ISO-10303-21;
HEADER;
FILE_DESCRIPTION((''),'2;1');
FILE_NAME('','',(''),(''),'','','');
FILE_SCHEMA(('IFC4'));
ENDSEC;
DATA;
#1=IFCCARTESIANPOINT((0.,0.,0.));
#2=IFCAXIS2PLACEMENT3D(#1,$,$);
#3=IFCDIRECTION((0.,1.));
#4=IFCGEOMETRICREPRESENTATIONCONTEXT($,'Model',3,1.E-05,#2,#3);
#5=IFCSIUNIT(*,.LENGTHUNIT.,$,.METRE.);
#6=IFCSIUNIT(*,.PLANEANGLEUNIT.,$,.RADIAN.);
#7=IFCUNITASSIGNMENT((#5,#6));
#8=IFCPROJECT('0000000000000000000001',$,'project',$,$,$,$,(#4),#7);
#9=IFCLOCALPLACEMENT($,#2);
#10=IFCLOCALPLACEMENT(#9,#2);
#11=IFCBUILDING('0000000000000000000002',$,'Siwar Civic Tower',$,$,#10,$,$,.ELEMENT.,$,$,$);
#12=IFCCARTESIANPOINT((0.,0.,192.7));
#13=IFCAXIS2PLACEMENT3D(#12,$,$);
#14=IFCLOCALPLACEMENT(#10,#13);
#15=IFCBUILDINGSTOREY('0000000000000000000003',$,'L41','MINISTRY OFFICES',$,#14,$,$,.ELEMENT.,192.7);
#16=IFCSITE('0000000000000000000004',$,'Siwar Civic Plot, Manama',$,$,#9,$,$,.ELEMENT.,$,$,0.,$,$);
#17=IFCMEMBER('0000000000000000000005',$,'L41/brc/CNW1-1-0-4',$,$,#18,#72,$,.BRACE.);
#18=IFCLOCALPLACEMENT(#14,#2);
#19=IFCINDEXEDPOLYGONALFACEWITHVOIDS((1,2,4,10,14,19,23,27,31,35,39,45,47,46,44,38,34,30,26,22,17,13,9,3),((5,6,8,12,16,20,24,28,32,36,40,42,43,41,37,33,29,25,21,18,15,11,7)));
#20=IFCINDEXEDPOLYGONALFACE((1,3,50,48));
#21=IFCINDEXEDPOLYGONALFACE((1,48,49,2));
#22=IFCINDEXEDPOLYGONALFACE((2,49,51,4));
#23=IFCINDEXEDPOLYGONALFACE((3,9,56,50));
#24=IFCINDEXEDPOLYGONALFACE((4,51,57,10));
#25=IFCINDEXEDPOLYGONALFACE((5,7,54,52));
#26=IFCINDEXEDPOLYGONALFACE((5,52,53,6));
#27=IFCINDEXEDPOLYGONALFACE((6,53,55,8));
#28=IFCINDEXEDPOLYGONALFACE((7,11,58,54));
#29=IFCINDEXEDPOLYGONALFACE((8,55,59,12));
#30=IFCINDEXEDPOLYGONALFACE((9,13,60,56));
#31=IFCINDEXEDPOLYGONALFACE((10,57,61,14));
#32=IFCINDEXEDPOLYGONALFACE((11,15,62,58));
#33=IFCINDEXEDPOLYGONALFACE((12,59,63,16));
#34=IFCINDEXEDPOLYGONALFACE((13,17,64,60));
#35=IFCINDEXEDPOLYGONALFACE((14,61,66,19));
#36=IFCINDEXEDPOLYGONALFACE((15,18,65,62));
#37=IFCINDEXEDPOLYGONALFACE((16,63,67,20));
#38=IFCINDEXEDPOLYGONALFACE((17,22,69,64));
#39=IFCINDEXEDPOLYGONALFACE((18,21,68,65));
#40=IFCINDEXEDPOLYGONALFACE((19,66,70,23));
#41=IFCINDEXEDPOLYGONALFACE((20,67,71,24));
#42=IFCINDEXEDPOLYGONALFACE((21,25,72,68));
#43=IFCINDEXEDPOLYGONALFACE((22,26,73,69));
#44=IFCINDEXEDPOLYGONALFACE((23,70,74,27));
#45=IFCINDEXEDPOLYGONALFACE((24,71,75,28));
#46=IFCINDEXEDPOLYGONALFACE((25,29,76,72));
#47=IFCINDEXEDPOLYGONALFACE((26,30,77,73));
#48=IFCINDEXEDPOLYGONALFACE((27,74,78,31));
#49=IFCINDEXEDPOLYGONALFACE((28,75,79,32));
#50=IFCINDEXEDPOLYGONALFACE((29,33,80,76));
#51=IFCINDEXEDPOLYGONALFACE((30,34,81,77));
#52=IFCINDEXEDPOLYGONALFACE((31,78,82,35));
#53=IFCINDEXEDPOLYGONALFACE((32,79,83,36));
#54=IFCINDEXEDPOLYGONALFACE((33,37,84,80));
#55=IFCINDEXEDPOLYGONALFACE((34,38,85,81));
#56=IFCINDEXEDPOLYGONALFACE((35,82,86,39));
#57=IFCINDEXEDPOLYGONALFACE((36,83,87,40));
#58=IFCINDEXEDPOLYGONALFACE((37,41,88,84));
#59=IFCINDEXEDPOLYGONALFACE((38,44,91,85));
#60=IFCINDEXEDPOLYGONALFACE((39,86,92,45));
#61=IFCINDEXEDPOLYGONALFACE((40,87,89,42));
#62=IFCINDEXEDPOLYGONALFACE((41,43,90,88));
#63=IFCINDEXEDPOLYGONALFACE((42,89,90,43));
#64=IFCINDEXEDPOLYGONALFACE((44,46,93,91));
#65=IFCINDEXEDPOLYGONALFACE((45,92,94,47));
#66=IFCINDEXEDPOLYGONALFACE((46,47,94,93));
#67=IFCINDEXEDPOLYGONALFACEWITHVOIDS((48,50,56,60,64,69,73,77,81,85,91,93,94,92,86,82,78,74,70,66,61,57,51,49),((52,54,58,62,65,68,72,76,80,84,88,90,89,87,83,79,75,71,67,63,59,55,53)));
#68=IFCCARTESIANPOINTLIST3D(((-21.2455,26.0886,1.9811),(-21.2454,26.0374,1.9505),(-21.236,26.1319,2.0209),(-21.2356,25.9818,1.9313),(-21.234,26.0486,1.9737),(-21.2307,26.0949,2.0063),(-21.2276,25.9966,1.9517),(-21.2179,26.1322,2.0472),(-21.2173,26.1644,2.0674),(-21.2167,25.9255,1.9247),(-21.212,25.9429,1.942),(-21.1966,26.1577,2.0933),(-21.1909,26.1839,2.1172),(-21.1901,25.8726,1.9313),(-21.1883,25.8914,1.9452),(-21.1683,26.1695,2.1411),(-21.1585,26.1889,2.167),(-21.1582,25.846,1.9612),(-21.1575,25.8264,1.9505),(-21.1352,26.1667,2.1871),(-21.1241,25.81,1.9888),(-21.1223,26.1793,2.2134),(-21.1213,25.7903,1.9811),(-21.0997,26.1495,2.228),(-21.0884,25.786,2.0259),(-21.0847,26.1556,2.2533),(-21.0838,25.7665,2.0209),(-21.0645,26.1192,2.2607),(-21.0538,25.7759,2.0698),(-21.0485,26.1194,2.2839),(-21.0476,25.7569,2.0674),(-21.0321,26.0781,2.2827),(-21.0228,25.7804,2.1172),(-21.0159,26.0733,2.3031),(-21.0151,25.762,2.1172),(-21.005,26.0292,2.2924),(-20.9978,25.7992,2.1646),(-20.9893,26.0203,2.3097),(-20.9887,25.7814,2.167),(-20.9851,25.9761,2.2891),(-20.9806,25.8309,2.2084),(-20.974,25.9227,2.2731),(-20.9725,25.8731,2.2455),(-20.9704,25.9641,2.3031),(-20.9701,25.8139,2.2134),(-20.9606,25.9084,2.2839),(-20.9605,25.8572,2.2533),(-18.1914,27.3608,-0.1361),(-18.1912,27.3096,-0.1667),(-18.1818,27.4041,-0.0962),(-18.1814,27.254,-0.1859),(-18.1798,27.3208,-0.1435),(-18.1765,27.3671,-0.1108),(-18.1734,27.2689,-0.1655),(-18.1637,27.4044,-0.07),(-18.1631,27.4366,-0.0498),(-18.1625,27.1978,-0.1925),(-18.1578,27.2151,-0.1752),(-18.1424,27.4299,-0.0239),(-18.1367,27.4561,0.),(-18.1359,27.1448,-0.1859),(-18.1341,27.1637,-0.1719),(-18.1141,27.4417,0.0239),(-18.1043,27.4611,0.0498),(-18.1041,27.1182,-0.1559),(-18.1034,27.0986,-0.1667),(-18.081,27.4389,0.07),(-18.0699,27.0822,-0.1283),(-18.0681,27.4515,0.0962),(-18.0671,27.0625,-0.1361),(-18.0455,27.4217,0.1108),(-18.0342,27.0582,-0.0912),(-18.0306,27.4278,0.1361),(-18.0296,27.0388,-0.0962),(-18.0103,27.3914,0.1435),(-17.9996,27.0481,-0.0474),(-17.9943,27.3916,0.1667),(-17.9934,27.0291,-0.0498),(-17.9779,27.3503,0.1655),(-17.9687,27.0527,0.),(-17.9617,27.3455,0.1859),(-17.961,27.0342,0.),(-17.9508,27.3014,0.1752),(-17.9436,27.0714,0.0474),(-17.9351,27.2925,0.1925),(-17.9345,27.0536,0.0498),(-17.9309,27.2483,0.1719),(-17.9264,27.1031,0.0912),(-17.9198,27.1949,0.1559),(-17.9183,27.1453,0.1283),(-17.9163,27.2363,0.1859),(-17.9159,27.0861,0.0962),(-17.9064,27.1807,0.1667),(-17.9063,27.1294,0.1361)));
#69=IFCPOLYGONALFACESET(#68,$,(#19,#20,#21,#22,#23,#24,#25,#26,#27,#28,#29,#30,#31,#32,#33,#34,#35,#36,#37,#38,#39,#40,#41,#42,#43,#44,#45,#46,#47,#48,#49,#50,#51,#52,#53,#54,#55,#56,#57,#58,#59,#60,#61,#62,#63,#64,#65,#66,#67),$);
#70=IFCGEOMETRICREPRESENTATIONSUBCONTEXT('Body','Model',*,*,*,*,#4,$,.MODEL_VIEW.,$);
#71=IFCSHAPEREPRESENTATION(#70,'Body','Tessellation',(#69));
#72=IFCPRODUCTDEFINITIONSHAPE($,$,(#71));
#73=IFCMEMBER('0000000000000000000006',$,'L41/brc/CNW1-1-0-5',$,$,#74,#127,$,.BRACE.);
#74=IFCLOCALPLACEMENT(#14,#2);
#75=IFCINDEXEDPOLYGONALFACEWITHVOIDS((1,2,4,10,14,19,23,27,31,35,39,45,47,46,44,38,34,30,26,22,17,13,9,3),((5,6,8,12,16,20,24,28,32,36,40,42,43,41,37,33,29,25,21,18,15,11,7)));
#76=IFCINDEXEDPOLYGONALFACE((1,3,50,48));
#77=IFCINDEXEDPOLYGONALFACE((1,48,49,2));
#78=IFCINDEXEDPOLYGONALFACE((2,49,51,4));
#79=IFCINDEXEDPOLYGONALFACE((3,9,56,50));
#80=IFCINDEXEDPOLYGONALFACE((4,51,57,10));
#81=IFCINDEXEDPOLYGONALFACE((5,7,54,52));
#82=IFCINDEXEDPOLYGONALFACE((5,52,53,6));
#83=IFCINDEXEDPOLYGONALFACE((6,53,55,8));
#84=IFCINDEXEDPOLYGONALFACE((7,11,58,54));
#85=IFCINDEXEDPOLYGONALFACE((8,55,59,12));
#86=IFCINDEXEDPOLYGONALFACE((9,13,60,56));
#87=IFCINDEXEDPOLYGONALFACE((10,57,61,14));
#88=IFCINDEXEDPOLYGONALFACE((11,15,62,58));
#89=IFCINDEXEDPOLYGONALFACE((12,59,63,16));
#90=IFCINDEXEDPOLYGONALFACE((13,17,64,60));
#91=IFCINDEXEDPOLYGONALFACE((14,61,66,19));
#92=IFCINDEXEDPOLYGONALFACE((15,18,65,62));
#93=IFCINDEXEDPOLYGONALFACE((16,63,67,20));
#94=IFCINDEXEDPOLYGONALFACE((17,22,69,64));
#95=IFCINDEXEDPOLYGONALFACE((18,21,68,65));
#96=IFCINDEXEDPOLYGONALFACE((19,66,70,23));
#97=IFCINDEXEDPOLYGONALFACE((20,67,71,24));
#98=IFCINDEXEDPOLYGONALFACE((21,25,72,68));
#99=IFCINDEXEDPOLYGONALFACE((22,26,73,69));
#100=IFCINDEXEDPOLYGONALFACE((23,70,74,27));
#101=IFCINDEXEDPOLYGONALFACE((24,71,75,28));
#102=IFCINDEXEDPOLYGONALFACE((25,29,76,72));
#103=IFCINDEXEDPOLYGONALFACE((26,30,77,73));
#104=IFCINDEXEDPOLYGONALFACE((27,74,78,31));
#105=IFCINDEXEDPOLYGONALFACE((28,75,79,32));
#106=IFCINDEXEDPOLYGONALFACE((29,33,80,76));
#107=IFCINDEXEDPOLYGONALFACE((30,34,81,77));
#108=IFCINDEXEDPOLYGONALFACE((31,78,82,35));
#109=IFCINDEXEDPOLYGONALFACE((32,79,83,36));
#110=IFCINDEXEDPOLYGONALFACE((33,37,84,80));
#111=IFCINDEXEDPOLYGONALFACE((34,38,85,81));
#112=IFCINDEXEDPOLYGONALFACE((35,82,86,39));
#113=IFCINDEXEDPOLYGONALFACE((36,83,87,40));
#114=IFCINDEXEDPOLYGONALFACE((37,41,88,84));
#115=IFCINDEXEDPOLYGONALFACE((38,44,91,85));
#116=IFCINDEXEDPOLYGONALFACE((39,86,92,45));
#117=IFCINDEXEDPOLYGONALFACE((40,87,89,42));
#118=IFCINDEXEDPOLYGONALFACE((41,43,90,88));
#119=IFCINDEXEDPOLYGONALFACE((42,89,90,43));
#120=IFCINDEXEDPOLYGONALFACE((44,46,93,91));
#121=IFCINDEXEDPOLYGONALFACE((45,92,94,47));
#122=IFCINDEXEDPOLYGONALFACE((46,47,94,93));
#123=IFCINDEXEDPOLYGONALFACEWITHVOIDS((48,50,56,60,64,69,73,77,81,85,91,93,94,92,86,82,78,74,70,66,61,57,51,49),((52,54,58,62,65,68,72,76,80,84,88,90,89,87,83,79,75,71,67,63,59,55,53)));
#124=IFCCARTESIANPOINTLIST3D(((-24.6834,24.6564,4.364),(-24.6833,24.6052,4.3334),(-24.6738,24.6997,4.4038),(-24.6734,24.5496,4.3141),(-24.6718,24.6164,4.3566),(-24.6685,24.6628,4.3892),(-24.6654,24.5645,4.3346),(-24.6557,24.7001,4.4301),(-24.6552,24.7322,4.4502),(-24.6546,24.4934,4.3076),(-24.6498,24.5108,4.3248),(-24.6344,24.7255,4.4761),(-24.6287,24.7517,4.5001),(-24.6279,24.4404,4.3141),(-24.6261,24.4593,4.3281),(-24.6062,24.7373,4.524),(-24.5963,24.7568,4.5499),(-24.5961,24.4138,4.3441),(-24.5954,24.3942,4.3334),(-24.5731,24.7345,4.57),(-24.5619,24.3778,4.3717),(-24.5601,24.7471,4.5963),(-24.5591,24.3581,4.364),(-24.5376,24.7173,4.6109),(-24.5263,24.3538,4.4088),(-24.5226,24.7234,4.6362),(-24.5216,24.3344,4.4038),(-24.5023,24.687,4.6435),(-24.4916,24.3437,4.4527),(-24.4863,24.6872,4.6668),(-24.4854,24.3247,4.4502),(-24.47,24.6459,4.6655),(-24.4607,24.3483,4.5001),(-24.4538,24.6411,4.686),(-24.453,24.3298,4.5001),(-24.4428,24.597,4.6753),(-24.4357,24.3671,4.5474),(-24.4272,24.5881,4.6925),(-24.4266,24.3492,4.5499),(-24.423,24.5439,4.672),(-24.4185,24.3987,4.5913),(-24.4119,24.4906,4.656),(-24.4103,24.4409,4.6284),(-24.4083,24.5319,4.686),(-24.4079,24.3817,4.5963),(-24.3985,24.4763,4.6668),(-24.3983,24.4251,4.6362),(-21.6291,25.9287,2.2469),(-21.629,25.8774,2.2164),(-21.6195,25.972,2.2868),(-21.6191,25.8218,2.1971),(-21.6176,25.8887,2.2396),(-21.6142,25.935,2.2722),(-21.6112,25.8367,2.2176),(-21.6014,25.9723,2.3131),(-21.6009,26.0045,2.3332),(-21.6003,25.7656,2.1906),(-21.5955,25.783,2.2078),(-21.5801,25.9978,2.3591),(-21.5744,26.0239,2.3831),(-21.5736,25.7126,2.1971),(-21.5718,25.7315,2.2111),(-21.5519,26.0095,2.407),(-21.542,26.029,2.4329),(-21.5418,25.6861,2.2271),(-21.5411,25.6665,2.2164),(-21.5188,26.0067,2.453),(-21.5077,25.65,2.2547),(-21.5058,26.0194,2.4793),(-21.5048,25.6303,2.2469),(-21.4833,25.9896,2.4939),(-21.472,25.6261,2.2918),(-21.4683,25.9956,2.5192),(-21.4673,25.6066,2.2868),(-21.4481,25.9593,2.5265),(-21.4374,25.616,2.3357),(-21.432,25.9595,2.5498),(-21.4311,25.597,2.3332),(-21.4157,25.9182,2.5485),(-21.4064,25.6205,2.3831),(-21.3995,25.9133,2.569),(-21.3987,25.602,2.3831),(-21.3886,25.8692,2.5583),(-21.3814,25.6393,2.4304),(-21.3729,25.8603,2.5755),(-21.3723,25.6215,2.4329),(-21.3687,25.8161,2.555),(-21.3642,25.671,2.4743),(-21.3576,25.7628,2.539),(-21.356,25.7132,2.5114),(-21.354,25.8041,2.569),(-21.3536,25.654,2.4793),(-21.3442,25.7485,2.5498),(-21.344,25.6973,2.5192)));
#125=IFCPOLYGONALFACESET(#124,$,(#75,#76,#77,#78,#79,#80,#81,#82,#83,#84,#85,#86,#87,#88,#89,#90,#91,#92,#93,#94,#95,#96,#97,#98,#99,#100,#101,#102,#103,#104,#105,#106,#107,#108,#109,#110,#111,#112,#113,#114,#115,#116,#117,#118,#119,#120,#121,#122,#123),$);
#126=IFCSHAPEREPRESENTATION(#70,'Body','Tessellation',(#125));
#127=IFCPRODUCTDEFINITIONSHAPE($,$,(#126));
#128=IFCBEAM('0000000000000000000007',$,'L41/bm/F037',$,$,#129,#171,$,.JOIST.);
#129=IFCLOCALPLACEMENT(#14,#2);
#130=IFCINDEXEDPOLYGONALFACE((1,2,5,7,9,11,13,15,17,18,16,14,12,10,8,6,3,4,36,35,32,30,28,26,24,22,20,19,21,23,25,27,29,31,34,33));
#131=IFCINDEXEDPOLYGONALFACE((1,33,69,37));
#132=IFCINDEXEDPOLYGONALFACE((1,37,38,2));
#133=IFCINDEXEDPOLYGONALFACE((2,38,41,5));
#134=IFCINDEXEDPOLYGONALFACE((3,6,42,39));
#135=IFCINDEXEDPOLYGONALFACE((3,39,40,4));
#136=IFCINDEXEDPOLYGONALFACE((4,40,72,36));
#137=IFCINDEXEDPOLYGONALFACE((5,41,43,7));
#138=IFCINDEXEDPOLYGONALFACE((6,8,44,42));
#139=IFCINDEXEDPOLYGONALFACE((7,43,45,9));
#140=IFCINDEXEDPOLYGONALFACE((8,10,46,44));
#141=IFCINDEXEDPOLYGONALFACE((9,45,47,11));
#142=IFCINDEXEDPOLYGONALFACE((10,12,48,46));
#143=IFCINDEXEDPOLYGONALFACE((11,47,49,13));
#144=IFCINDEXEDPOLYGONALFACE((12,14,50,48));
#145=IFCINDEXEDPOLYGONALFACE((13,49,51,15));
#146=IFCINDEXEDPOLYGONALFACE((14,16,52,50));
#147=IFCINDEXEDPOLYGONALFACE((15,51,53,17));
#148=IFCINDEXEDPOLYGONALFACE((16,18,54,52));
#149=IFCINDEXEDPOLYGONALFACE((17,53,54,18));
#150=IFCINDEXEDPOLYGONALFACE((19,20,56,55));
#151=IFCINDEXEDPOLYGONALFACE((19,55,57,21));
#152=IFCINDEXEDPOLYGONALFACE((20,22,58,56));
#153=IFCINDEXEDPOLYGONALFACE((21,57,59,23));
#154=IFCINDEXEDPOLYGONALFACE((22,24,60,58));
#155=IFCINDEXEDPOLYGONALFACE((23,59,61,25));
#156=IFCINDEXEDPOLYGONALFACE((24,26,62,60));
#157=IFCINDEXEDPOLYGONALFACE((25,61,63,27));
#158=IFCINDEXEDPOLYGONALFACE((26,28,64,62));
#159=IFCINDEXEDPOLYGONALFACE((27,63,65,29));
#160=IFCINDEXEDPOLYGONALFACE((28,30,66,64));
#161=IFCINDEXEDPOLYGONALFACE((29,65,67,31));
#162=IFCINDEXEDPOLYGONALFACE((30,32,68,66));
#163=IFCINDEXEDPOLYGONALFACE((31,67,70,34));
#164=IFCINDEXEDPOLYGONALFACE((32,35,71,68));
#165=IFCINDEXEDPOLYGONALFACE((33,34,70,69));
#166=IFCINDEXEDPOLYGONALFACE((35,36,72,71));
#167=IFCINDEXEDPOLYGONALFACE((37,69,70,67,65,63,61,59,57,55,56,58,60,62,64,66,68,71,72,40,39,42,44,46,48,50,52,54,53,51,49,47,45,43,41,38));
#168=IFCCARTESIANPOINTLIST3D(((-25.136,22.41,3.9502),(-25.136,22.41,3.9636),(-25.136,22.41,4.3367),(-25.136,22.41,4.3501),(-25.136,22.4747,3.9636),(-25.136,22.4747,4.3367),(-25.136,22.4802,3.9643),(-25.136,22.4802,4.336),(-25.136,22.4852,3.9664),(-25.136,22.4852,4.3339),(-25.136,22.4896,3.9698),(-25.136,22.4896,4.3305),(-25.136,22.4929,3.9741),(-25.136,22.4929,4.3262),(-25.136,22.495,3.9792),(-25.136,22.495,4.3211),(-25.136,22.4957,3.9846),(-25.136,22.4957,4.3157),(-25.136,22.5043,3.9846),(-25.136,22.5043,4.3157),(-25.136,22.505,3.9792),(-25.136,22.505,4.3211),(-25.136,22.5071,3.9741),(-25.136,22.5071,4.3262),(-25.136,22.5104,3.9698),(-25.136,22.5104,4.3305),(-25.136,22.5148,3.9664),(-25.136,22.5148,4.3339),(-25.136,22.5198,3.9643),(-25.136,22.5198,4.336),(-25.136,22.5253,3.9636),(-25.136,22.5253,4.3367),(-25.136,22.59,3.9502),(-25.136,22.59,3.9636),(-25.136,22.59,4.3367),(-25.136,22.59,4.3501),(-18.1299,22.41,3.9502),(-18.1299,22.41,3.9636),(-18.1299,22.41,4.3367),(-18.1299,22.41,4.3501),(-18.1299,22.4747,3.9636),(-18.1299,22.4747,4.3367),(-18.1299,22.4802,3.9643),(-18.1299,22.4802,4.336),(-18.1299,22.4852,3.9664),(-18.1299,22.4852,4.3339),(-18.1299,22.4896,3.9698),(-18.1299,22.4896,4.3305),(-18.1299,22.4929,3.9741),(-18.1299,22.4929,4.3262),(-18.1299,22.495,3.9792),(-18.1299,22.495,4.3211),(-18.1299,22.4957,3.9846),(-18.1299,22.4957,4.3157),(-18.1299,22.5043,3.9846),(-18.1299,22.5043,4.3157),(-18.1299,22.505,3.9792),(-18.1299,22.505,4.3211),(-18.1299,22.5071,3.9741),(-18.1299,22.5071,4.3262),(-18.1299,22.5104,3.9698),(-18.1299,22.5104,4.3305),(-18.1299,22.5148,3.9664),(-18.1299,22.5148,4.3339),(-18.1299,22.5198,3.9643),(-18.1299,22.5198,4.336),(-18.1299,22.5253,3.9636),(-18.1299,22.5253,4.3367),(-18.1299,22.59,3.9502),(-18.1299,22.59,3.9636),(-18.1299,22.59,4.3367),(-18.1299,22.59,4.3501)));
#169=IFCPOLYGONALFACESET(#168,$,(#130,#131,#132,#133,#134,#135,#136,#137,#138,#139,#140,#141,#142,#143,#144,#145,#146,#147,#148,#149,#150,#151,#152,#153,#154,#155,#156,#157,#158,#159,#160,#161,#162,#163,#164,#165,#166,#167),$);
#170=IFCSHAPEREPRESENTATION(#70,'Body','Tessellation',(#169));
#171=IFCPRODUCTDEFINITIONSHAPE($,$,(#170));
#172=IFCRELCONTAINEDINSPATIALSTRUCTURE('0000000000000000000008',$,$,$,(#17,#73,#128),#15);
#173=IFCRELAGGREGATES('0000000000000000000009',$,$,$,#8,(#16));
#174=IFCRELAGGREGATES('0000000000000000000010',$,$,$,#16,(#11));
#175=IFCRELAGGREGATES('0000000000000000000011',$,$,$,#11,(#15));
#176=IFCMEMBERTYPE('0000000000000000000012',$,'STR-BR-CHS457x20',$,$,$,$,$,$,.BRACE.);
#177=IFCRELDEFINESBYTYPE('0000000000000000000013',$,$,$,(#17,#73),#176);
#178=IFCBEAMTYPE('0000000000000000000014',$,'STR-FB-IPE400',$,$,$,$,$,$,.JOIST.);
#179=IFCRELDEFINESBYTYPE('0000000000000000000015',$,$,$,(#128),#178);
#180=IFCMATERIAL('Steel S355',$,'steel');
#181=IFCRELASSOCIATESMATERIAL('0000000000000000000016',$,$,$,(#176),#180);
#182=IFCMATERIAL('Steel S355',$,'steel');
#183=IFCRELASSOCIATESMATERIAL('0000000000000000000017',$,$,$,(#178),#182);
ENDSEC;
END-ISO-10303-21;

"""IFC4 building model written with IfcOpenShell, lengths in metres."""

from ifc_helpers import new_model, si_unit, direction, frame, origin, origin_2d, place, context, subcontext, project, spatial, hollow_circle, i_section, extrude, material, material_profile, profile_set, type_object, element, save


model = new_model("IFC4")

# Units and contexts
model_context = context("Model", 3, precision=1e-05, world=origin(), true_north=direction((0.0, 1.0)))
body_context = subcontext(model_context, "Body", "Model", "MODEL_VIEW")
ifc_project = project(units=[si_unit("LENGTHUNIT", "METRE"), si_unit("PLANEANGLEUNIT", "RADIAN")], contexts=[model_context])

# Site, building, storey
site_placement = place(None, origin())
site = spatial("IfcSite", under=ifc_project, at=site_placement, Name="Siwar Civic Plot, Manama", CompositionType="ELEMENT", RefElevation=0.0)
building_placement = place(site_placement, origin())
building = spatial("IfcBuilding", under=site, at=building_placement, Name="Siwar Civic Tower", CompositionType="ELEMENT")
storey_placement = place(building_placement, frame((0.0, 0.0, 192.7)))
storey = spatial("IfcBuildingStorey", under=building, at=storey_placement, Name="L41", Description="MINISTRY OFFICES", CompositionType="ELEMENT", Elevation=192.7)

# Members
ifc_material_1 = material(Name="Steel S355", Category="steel")
ifc_material_profile_1 = material_profile(ifc_material_1, hollow_circle(Radius=0.2285, WallThickness=0.02, at=origin_2d()), Name="CHS457x20")
ifc_profile_set_1 = profile_set([ifc_material_profile_1], Name="Steel S355")
member_type_1 = type_object("IfcMemberType", Name="STR-BR-CHS457x20", PredefinedType="BRACE", material=ifc_profile_set_1)
for number, where, z_axis, x_axis, name in (
    (1, (-18.0488, 27.2451, 0.0), (-0.777546, -0.323884, 0.538999), (0.384521, -0.923116, 0.0), "L41/brc/CNW1-1-0-4"),
    (2, (-21.4866, 25.813, 2.3831), (-0.777572, -0.323895, 0.538955), (0.384521, -0.923116, 0.0), "L41/brc/CNW1-1-0-5"),
):
    element("IfcMember", number, at=place(storey_placement, frame(where, z_axis=z_axis, x_axis=x_axis)), inside=storey, type_object=member_type_1, Name=name, PredefinedType="BRACE", context=body_context, shape_type="SweptSolid", body=[
        extrude(hollow_circle(Radius=0.2285, WallThickness=0.02, at=origin_2d()), origin(), (0.0, 0.0, 1.0), 3.928),
    ])

# Beam
ifc_material_2 = material(Name="Steel S355", Category="steel")
ifc_material_profile_2 = material_profile(ifc_material_2, i_section(OverallWidth=0.1799, OverallDepth=0.3999, WebThickness=0.0085, FlangeThickness=0.0134, FilletRadius=0.021, at=origin_2d()), Name="IPE400")
ifc_profile_set_2 = profile_set([ifc_material_profile_2], Name="Steel S355")
beam_type_1 = type_object("IfcBeamType", Name="STR-FB-IPE400", PredefinedType="JOIST", material=ifc_profile_set_2)
beam_1_placement = place(storey_placement, frame((-25.136, 22.5, 4.1501), z_axis=(1.0, 0.0, 0.0), x_axis=(0.0, 1.0, 0.0)))
element("IfcBeam", 3, at=beam_1_placement, inside=storey, type_object=beam_type_1, Name="L41/bm/F037", PredefinedType="JOIST", context=body_context, shape_type="SweptSolid", body=[
    extrude(i_section(OverallWidth=0.1799, OverallDepth=0.3999, WebThickness=0.0085, FlangeThickness=0.0134, FilletRadius=0.021, at=origin_2d()), origin(), (0.0, 0.0, 1.0), 7.0061),
])

save(model, "model.ifc")
